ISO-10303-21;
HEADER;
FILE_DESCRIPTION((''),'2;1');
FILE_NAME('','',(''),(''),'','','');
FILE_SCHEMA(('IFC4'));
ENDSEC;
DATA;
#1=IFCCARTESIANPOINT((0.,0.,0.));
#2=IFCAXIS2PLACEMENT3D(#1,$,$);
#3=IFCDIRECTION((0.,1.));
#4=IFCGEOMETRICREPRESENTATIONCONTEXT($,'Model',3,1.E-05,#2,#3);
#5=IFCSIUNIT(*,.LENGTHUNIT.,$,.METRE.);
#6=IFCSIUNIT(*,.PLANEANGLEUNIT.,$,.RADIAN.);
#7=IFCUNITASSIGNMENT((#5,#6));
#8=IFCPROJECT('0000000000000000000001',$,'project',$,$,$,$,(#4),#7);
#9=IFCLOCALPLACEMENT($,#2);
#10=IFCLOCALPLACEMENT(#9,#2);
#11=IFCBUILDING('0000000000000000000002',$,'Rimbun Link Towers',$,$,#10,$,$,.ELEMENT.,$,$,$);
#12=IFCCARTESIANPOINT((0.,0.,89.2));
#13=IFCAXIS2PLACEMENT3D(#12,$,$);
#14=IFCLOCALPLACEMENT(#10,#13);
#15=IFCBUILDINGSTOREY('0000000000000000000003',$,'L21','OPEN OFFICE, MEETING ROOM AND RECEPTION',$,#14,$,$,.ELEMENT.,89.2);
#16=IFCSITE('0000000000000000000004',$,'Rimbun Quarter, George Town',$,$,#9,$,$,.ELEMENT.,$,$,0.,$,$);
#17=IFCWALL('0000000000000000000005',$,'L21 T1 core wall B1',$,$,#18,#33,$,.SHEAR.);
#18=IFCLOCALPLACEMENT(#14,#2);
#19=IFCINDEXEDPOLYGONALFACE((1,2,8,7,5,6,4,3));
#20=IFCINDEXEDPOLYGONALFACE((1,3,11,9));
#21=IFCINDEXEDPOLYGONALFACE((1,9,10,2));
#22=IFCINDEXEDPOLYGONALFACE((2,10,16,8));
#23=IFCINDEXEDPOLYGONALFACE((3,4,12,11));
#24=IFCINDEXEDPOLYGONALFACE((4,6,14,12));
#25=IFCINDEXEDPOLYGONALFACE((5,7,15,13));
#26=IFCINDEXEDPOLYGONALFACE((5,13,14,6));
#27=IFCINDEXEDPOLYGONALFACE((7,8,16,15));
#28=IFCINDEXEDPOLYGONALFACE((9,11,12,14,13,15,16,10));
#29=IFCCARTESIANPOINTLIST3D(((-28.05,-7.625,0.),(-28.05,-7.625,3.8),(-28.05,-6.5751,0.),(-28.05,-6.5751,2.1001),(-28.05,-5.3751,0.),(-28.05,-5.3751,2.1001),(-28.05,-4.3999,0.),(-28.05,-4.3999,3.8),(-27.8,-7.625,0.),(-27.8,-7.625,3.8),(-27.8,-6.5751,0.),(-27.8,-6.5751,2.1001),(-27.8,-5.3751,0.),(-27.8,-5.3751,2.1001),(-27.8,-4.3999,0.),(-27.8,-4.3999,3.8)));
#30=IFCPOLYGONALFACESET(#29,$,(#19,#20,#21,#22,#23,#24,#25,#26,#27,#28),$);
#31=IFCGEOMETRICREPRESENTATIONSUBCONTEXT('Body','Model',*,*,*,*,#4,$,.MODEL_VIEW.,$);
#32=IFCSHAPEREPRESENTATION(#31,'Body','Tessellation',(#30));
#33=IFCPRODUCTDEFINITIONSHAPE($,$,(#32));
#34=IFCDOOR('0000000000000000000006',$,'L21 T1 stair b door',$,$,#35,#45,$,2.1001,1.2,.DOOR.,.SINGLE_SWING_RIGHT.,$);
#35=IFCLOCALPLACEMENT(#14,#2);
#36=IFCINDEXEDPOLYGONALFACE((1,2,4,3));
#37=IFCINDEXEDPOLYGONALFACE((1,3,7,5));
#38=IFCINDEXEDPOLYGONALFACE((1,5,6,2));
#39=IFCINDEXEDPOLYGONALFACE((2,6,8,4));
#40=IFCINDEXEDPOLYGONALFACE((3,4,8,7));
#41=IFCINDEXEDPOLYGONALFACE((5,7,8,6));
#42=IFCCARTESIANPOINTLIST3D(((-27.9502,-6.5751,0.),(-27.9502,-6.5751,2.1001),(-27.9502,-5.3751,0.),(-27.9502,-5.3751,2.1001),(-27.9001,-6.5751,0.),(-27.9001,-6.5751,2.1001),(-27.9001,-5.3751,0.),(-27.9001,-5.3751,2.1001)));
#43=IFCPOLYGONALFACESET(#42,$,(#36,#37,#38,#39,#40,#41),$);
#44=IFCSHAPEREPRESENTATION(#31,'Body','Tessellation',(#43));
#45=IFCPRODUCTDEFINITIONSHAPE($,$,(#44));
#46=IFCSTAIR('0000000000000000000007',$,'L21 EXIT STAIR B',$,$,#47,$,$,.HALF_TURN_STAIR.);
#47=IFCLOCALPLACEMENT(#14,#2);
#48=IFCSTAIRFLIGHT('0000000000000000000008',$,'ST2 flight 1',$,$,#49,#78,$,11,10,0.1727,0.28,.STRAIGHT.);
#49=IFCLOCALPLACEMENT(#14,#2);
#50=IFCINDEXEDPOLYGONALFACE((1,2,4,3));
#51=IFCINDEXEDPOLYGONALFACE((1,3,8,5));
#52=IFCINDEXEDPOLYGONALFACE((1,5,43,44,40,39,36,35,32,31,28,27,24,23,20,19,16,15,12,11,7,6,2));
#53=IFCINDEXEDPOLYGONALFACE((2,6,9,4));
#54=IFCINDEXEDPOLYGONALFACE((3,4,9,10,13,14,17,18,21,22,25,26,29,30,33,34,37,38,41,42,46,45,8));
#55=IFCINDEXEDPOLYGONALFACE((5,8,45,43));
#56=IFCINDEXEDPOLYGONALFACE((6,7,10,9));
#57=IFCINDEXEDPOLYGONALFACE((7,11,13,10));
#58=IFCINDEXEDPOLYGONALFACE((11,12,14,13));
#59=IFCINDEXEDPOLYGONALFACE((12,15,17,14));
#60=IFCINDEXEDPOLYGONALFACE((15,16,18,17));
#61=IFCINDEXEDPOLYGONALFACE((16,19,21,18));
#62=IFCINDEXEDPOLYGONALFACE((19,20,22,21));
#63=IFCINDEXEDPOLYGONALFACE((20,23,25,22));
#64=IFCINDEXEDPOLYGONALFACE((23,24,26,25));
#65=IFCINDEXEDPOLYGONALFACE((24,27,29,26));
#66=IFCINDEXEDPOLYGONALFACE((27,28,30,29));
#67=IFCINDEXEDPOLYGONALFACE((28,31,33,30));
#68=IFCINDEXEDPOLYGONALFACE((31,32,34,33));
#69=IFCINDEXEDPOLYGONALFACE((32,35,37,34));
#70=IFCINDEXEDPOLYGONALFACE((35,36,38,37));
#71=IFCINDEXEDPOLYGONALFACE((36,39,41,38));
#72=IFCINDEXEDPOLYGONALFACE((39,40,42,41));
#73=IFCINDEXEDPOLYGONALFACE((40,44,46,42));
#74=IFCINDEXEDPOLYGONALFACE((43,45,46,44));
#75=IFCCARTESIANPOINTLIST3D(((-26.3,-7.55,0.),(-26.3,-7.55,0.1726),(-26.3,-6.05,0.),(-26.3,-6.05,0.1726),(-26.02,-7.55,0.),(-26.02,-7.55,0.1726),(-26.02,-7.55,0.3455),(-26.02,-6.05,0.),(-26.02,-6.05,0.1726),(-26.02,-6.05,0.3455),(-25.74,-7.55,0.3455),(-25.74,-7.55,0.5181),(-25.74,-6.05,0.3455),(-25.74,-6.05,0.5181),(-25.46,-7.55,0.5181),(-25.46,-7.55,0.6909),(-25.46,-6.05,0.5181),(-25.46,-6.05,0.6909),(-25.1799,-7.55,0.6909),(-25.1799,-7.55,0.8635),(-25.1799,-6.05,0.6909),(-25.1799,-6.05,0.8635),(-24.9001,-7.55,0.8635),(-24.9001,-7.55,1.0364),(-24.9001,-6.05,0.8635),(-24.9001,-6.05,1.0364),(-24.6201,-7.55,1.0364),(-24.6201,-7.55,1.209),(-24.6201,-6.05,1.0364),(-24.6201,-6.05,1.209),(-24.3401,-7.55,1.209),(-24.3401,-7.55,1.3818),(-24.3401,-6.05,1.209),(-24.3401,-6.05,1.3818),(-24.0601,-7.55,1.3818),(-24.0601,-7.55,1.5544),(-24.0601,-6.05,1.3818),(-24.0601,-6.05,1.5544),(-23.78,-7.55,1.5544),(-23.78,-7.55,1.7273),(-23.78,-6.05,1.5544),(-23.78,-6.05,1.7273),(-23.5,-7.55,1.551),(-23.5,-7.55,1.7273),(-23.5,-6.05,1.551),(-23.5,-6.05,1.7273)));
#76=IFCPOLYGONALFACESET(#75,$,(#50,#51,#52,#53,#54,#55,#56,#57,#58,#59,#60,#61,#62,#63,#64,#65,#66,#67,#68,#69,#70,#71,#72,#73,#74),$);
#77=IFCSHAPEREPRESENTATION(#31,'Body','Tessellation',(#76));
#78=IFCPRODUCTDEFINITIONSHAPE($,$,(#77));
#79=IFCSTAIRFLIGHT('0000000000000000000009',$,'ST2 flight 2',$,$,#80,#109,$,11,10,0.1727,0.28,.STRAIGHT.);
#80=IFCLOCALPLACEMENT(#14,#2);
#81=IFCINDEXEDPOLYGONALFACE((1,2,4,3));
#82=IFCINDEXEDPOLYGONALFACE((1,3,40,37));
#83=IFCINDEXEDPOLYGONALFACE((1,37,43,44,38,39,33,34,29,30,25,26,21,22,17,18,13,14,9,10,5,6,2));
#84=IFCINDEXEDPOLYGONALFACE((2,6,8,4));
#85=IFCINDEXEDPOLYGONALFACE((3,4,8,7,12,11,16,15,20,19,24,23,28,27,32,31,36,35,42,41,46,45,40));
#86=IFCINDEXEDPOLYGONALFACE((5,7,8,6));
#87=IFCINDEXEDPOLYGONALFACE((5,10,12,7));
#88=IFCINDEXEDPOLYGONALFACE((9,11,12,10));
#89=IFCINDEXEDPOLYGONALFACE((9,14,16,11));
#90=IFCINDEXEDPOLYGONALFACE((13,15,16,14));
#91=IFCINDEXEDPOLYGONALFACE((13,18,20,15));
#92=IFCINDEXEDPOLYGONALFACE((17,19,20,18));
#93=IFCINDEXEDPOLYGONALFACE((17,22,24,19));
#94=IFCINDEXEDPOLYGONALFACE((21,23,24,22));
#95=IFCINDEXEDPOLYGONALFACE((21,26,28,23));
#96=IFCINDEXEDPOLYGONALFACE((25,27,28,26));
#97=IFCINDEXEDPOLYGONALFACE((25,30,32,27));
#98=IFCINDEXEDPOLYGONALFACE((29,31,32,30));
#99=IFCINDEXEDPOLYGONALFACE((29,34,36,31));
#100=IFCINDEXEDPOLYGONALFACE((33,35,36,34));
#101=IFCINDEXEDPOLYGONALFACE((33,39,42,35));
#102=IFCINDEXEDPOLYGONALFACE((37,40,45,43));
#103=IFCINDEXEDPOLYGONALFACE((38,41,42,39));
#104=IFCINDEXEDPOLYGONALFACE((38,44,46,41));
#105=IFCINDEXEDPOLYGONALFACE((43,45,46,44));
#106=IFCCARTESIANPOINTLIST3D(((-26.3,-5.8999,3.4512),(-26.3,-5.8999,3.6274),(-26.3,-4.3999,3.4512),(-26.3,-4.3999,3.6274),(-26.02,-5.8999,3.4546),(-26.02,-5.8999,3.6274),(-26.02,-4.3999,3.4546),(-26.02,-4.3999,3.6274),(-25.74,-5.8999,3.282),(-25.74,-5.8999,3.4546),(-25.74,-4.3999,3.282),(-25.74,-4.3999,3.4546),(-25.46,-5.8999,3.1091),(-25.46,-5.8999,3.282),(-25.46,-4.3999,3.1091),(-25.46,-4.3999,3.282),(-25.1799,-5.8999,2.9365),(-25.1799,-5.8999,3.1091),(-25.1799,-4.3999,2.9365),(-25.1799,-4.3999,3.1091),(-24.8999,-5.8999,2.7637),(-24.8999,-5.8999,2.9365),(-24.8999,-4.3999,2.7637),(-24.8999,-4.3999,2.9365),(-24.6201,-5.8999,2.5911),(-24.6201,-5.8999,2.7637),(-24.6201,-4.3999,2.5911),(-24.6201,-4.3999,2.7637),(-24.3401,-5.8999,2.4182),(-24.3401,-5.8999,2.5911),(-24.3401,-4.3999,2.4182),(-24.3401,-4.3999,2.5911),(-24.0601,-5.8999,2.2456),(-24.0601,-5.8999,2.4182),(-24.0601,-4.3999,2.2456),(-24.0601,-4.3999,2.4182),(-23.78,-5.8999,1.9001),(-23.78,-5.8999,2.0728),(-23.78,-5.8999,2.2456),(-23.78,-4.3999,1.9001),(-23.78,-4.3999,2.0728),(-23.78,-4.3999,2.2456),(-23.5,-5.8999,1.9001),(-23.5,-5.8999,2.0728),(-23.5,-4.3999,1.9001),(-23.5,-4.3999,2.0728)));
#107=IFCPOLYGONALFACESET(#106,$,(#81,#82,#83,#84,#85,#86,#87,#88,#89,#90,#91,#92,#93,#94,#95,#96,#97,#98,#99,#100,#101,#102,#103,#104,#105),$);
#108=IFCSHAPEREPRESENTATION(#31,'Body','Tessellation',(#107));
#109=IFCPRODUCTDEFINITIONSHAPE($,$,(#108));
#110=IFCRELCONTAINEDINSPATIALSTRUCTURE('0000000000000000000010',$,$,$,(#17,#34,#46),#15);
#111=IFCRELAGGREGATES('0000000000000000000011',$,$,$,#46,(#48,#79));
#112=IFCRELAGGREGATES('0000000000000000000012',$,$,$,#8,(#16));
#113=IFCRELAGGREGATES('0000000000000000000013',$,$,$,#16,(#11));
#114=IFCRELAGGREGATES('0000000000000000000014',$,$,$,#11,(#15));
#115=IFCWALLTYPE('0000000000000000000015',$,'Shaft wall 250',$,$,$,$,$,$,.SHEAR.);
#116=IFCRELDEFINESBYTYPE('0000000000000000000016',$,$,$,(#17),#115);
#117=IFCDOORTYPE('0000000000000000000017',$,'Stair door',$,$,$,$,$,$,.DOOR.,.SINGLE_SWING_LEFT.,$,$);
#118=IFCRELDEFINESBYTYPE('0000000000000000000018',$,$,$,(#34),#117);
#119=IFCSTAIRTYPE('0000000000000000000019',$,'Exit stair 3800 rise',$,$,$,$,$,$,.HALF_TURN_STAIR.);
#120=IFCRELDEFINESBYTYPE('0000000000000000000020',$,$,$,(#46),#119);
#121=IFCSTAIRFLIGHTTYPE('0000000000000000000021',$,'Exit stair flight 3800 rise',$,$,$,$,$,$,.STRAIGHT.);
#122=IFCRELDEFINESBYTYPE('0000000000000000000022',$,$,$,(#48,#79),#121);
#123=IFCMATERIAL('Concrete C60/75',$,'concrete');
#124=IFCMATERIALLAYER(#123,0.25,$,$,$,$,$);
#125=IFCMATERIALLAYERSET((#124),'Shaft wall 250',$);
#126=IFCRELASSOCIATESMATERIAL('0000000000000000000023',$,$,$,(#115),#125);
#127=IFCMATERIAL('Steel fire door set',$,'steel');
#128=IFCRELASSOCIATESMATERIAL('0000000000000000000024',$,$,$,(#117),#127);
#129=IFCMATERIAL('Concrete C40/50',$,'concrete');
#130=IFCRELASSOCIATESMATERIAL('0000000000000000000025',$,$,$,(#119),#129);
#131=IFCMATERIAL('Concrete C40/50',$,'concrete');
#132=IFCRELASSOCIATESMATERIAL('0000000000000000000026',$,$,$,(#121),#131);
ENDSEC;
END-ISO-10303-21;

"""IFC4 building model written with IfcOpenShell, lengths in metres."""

from ifc_helpers import new_model, si_unit, direction, frame, frame_2d, origin, place, context, subcontext, project, spatial, polyline, rectangle, outline, extrude, material, layer, layer_set, type_object, element, fill, aggregate, save


model = new_model("IFC4")

# Units and contexts
model_context = context("Model", 3, precision=1e-05, world=origin(), true_north=direction((0.0, 1.0)))
body_context = subcontext(model_context, "Body", "Model", "MODEL_VIEW")
ifc_project = project(units=[si_unit("LENGTHUNIT", "METRE"), si_unit("PLANEANGLEUNIT", "RADIAN")], contexts=[model_context])

# Site, building, storey
site_placement = place(None, origin())
site = spatial("IfcSite", under=ifc_project, at=site_placement, Name="Rimbun Quarter, George Town", CompositionType="ELEMENT", RefElevation=0.0)
building_placement = place(site_placement, origin())
building = spatial("IfcBuilding", under=site, at=building_placement, Name="Rimbun Link Towers", CompositionType="ELEMENT")
storey_placement = place(building_placement, frame((0.0, 0.0, 89.2)))
storey = spatial("IfcBuildingStorey", under=building, at=storey_placement, Name="L21", Description="OPEN OFFICE, MEETING ROOM AND RECEPTION", CompositionType="ELEMENT", Elevation=89.2)

# Shared definitions
ifc_material_1 = material(Name="Concrete C60/75", Category="concrete")
ifc_layer_1 = layer(ifc_material_1, 0.25)
ifc_layer_set_1 = layer_set([ifc_layer_1], Name="Shaft wall 250")
wall_type_1 = type_object("IfcWallType", Name="Shaft wall 250", PredefinedType="SHEAR", material=ifc_layer_set_1)

# Wall, opening, door
wall_1_placement = place(storey_placement, frame((-27.925, -4.3999, 0.0), z_axis=(0.0, 0.0, 1.0), x_axis=(0.0, -1.0, 0.0)))
wall_1 = element("IfcWall", 1, at=wall_1_placement, inside=storey, type_object=wall_type_1, Name="L21 T1 core wall B1", PredefinedType="SHEAR", context=body_context, shape_type="SweptSolid", body=[
    extrude(rectangle(XDim=3.2251, YDim=0.25, at=frame_2d((1.6125, 0.0))), origin(), (0.0, 0.0, 1.0), 3.8),
])
opening_1_placement = place(wall_1_placement, frame((0.9751, 0.0, 0.0)))
opening_1 = element("IfcOpeningElement", 2, at=opening_1_placement, cuts=wall_1, PredefinedType="OPENING", context=body_context, shape_type="SweptSolid", body=[
    extrude(rectangle(XDim=1.2, YDim=2.1001, at=frame_2d((0.6001, 1.05))), frame((0.0, 0.135, 0.0), z_axis=(0.0, -1.0, 0.0), x_axis=(1.0, 0.0, 0.0)), (0.0, 0.0, 1.0), 0.27),
])
ifc_material_2 = material(Name="Steel fire door set", Category="steel")
door_type_1 = type_object("IfcDoorType", Name="Stair door", OperationType="SINGLE_SWING_LEFT", PredefinedType="DOOR", material=ifc_material_2)
door_1_placement = place(opening_1_placement, origin())
door_1 = element("IfcDoor", 3, at=door_1_placement, inside=storey, type_object=door_type_1, Name="L21 T1 stair b door", OperationType="SINGLE_SWING_RIGHT", OverallHeight=2.1001, OverallWidth=1.2, PredefinedType="DOOR", context=body_context, shape_type="SweptSolid", body=[
    extrude(rectangle(XDim=1.2, YDim=2.1001, at=frame_2d((0.6001, 1.05))), frame((0.0, 0.0249, 0.0), z_axis=(0.0, -1.0, 0.0), x_axis=(1.0, 0.0, 0.0)), (0.0, 0.0, 1.0), 0.05),
])
fill(opening_1, door_1)

# Stair, stair flights
ifc_material_3 = material(Name="Concrete C40/50", Category="concrete")
stair_type = type_object("IfcStairType", Name="Exit stair 3800 rise", PredefinedType="HALF_TURN_STAIR", material=ifc_material_3)
stair_placement = place(storey_placement, origin())
stair = element("IfcStair", 4, at=stair_placement, inside=storey, type_object=stair_type, Name="L21 EXIT STAIR B", PredefinedType="HALF_TURN_STAIR")
ifc_material_4 = material(Name="Concrete C40/50", Category="concrete")
stair_flight_type = type_object("IfcStairFlightType", Name="Exit stair flight 3800 rise", PredefinedType="STRAIGHT", material=ifc_material_4)
stair_flight_1_placement = place(storey_placement, frame((-26.3, -6.8, 0.0), z_axis=(0.0, 0.0, 1.0), x_axis=(1.0, 0.0, 0.0)))
stair_flight_1 = element("IfcStairFlight", 5, at=stair_flight_1_placement, type_object=stair_flight_type, Name="ST2 flight 1", NumberOfRisers=11, NumberOfTreads=10, PredefinedType="STRAIGHT", RiserHeight=0.1727, TreadLength=0.28, context=body_context, shape_type="SweptSolid", body=[
    extrude(outline(polyline([(0.0, 0.0), (0.0, 0.1726), (0.28, 0.1726), (0.28, 0.3455), (0.5601, 0.3455), (0.5601, 0.5181), (0.8401, 0.5181), (0.8401, 0.6909), (1.1201, 0.6909), (1.1201, 0.8635), (1.3999, 0.8635), (1.3999, 1.0364), (1.6799, 1.0364), (1.6799, 1.209), (1.96, 1.209), (1.96, 1.3818), (2.24, 1.3818), (2.24, 1.5544), (2.52, 1.5544), (2.52, 1.7273), (2.8, 1.7273), (2.8, 1.8999), (2.8, 1.551), (0.28, 0.0), (0.0, 0.0)])), frame((0.0, 0.75, 0.0), z_axis=(0.0, -1.0, 0.0), x_axis=(1.0, 0.0, 0.0)), (0.0, 0.0, 1.0), 1.5),
])
stair_flight_2_placement = place(storey_placement, frame((-23.5, -5.1499, 1.9001), z_axis=(0.0, 0.0, 1.0), x_axis=(-1.0, 0.0, 0.0)))
stair_flight_2 = element("IfcStairFlight", 6, at=stair_flight_2_placement, type_object=stair_flight_type, Name="ST2 flight 2", NumberOfRisers=11, NumberOfTreads=10, PredefinedType="STRAIGHT", RiserHeight=0.1727, TreadLength=0.28, context=body_context, shape_type="SweptSolid", body=[
    extrude(outline(polyline([(0.0, 0.0), (0.0, 0.1726), (0.28, 0.1726), (0.28, 0.3455), (0.5601, 0.3455), (0.5601, 0.5181), (0.8401, 0.5181), (0.8401, 0.6909), (1.1201, 0.6909), (1.1201, 0.8635), (1.3999, 0.8635), (1.3999, 1.0364), (1.6799, 1.0364), (1.6799, 1.209), (1.96, 1.209), (1.96, 1.3818), (2.24, 1.3818), (2.24, 1.5544), (2.52, 1.5544), (2.52, 1.7273), (2.8, 1.7273), (2.8, 1.8999), (2.8, 1.551), (0.28, 0.0), (0.0, 0.0)])), frame((0.0, 0.75, 0.0), z_axis=(0.0, -1.0, 0.0), x_axis=(1.0, 0.0, 0.0)), (0.0, 0.0, 1.0), 1.5),
])
aggregate(stair, [stair_flight_1, stair_flight_2])

save(model, "model.ifc")
